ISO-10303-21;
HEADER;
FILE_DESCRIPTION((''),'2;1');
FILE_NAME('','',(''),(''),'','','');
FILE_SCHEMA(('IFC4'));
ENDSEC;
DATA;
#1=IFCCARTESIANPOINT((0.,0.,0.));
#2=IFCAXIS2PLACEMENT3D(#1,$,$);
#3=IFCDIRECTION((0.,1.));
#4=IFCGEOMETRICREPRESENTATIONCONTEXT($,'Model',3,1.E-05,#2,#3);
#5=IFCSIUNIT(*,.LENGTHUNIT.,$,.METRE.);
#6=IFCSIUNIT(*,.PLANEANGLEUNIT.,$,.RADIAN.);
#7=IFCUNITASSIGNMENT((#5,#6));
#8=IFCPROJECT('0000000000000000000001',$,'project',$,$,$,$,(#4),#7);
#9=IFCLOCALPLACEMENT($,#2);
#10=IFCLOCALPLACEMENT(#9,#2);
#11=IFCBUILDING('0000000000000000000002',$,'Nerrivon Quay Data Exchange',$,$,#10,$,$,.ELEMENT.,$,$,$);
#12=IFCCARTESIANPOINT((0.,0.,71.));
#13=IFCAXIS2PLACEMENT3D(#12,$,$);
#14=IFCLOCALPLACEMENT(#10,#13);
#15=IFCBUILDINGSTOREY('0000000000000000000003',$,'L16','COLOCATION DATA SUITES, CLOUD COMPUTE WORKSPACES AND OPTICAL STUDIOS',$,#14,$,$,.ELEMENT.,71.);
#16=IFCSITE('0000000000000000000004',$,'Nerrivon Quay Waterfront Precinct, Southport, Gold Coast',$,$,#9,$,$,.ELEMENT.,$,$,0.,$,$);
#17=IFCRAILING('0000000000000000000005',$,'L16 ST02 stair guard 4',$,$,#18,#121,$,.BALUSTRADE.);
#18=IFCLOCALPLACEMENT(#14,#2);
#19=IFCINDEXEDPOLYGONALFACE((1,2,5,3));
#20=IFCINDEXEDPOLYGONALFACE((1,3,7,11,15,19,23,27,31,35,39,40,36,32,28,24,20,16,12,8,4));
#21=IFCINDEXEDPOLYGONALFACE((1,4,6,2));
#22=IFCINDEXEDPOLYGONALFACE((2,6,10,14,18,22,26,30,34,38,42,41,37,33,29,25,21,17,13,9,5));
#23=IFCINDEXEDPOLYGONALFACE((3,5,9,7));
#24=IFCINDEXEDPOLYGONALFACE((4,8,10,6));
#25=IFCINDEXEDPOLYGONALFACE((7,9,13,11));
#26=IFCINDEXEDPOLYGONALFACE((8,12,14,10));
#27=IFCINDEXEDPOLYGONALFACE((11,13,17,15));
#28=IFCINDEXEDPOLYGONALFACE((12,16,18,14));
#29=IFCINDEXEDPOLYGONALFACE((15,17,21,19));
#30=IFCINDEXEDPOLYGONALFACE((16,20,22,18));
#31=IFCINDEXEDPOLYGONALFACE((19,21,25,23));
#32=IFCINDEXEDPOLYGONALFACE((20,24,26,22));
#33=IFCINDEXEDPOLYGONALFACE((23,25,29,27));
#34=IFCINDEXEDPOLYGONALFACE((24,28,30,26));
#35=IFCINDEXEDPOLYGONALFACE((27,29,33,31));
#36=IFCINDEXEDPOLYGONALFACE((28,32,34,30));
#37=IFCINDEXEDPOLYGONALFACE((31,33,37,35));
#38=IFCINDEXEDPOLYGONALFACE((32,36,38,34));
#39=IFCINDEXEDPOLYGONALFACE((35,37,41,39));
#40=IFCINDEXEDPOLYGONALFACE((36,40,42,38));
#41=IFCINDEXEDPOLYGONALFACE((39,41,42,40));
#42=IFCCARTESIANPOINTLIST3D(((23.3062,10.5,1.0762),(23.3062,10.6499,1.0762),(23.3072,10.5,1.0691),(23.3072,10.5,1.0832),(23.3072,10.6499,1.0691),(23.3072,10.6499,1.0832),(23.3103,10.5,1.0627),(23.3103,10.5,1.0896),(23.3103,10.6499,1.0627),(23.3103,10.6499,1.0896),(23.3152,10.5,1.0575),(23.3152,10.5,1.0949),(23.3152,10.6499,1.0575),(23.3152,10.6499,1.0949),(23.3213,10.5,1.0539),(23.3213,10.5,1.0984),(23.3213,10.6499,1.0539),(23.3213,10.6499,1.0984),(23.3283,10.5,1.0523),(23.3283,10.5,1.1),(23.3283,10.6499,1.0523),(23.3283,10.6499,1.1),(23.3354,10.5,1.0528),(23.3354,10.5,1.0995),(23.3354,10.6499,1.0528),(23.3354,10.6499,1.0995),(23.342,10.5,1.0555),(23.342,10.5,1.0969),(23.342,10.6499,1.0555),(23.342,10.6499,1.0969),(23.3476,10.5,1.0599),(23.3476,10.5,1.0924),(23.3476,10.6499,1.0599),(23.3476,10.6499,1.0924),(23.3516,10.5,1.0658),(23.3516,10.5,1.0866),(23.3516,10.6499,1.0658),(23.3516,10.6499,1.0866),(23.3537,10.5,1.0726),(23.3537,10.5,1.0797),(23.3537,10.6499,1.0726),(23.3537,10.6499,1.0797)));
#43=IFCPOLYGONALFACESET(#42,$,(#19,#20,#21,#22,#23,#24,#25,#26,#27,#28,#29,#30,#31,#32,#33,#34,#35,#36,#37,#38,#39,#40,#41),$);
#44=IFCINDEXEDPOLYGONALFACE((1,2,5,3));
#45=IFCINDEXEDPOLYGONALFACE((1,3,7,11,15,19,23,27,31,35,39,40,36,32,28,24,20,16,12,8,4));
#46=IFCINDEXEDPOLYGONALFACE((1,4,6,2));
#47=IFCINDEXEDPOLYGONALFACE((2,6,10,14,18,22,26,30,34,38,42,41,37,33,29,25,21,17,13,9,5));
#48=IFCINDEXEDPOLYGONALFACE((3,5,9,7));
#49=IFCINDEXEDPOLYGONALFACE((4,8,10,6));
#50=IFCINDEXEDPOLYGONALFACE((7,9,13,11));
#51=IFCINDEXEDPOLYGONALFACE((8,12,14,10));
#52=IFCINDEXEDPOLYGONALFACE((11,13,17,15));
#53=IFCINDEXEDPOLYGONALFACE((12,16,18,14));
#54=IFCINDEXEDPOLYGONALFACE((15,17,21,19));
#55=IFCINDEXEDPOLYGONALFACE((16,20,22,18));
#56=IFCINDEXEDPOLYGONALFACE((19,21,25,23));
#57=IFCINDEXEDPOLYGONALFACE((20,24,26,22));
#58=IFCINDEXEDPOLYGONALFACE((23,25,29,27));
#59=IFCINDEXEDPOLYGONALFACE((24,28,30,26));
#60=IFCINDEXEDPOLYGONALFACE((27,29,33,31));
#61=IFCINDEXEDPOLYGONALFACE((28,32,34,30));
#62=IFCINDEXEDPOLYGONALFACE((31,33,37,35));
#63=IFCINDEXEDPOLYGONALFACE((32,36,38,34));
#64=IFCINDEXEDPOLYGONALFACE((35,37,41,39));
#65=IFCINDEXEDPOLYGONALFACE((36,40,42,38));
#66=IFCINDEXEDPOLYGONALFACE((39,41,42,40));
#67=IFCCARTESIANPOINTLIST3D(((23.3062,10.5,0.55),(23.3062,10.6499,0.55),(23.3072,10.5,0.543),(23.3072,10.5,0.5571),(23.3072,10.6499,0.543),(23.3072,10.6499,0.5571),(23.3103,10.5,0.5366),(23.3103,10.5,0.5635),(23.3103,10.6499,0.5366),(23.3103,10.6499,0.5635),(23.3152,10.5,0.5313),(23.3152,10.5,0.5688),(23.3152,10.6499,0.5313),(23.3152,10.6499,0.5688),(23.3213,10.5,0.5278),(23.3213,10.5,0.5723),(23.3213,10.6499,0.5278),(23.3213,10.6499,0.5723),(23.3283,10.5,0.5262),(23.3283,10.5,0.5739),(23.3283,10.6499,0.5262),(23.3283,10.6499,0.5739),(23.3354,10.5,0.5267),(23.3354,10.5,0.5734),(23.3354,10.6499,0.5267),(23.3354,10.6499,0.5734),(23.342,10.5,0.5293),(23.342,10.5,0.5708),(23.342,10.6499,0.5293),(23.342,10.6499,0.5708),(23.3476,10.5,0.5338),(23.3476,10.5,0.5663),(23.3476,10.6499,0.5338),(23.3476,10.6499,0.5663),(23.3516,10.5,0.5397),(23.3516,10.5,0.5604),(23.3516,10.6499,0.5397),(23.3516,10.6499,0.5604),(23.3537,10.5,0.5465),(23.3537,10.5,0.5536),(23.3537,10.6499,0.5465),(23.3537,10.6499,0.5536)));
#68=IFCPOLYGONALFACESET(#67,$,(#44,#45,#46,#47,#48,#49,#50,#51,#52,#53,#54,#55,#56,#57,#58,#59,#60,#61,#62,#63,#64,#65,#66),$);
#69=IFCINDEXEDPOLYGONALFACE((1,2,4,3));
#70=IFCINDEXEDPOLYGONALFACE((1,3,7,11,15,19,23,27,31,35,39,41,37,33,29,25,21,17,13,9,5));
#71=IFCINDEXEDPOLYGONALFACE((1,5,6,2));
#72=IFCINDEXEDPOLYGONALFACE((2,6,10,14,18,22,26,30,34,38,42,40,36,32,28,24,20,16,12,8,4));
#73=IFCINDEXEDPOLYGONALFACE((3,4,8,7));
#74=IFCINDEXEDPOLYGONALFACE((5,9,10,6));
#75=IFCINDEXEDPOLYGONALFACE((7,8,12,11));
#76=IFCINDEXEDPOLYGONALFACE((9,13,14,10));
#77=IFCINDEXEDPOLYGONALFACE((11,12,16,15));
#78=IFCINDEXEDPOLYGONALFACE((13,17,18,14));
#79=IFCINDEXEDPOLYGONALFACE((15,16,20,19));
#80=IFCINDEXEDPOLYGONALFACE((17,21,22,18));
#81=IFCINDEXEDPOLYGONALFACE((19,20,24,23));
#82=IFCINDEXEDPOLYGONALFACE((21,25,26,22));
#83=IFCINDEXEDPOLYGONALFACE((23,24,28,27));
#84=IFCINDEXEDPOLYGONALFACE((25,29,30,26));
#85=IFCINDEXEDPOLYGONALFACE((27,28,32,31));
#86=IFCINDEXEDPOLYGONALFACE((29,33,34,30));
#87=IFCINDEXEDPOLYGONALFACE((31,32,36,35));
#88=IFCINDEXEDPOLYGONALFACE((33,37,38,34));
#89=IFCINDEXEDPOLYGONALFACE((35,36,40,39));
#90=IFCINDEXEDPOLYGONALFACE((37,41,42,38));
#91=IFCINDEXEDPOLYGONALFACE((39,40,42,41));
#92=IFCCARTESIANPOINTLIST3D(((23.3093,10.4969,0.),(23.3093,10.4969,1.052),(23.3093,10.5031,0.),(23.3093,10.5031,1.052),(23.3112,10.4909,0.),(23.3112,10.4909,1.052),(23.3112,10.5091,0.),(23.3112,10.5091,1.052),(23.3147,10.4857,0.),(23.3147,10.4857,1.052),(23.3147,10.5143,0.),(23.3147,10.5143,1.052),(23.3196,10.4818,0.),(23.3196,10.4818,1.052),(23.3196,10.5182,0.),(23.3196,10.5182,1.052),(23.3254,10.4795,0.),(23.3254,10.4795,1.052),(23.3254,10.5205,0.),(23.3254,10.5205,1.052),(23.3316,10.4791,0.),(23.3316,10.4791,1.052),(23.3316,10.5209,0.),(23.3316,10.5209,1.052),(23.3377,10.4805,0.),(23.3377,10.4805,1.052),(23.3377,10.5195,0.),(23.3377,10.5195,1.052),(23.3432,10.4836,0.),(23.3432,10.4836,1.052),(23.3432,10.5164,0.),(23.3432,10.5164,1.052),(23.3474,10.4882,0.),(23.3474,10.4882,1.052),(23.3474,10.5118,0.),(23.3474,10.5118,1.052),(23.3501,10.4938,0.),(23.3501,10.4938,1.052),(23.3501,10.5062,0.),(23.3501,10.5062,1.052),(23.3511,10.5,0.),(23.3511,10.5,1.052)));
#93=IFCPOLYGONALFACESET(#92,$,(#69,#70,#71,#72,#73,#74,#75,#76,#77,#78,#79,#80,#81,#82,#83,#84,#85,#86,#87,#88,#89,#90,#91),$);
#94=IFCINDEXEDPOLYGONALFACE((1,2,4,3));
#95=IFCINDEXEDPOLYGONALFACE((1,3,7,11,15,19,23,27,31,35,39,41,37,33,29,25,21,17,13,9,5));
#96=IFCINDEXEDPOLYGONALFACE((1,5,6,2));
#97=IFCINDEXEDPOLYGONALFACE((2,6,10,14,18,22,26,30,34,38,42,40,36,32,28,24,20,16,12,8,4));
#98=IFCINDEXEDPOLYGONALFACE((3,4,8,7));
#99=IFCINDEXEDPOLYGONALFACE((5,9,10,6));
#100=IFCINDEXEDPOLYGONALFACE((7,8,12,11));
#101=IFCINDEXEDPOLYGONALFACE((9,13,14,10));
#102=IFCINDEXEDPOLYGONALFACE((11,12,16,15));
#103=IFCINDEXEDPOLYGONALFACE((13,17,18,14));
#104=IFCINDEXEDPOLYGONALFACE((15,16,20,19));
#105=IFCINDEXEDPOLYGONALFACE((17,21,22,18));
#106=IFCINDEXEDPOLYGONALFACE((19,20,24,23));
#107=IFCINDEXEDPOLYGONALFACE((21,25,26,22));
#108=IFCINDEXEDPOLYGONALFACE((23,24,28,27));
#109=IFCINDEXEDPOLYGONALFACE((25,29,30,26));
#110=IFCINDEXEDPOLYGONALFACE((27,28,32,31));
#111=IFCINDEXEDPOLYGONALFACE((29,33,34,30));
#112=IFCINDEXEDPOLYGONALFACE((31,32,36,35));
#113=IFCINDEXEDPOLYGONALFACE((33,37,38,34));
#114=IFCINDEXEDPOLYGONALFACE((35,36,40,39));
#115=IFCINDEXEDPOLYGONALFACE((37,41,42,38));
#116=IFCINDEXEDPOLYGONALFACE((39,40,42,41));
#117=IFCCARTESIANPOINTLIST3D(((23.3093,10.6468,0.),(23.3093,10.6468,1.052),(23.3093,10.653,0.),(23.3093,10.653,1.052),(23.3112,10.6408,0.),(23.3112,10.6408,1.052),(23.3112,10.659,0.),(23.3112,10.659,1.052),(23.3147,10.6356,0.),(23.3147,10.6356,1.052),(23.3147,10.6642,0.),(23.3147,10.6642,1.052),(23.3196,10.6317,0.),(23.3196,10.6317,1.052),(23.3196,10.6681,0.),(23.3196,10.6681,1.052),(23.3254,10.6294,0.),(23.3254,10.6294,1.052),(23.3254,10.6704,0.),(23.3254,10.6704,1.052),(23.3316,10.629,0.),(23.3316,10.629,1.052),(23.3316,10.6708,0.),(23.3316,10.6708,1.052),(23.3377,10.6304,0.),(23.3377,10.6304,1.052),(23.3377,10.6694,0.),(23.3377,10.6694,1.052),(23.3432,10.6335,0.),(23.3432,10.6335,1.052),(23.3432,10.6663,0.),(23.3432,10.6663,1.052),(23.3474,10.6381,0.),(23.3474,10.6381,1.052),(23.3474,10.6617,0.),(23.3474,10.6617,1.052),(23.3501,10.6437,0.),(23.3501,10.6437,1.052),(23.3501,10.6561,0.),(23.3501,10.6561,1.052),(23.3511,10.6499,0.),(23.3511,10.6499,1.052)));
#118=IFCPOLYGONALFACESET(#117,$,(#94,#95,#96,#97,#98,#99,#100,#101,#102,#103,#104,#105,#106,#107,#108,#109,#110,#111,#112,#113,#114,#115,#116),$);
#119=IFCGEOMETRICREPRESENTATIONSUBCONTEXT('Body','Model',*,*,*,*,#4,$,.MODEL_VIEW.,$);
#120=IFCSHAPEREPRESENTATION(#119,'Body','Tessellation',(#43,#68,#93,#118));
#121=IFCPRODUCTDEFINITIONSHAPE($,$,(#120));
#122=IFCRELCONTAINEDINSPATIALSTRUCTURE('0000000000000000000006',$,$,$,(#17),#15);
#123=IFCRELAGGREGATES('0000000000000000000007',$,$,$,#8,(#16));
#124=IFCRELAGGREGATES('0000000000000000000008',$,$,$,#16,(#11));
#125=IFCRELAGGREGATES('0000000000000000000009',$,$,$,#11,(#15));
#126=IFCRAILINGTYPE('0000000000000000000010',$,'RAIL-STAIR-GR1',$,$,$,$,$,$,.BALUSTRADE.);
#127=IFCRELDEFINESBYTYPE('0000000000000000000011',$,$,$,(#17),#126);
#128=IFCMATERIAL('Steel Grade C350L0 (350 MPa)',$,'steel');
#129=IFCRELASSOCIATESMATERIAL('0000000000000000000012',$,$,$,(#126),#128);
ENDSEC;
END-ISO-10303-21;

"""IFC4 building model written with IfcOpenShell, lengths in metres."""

from ifc_helpers import new_model, si_unit, direction, frame, origin, origin_2d, place, context, subcontext, project, spatial, circle, extrude, material, type_object, element, save


model = new_model("IFC4")

# Units and contexts
model_context = context("Model", 3, precision=1e-05, world=origin(), true_north=direction((0.0, 1.0)))
body_context = subcontext(model_context, "Body", "Model", "MODEL_VIEW")
ifc_project = project(units=[si_unit("LENGTHUNIT", "METRE"), si_unit("PLANEANGLEUNIT", "RADIAN")], contexts=[model_context])

# Site, building, storey
site_placement = place(None, origin())
site = spatial("IfcSite", under=ifc_project, at=site_placement, Name="Nerrivon Quay Waterfront Precinct, Southport, Gold Coast", CompositionType="ELEMENT", RefElevation=0.0)
building_placement = place(site_placement, origin())
building = spatial("IfcBuilding", under=site, at=building_placement, Name="Nerrivon Quay Data Exchange", CompositionType="ELEMENT")
storey_placement = place(building_placement, frame((0.0, 0.0, 71.0)))
storey = spatial("IfcBuildingStorey", under=building, at=storey_placement, Name="L16", Description="COLOCATION DATA SUITES, CLOUD COMPUTE WORKSPACES AND OPTICAL STUDIOS", CompositionType="ELEMENT", Elevation=71.0)

# Railing
ifc_material_1 = material(Name="Steel Grade C350L0 (350 MPa)", Category="steel")
railing_type_1 = type_object("IfcRailingType", Name="RAIL-STAIR-GR1", PredefinedType="BALUSTRADE", material=ifc_material_1)
railing_1_placement = place(storey_placement, frame((23.3301, 10.5, 0.0)))
element("IfcRailing", 1, at=railing_1_placement, inside=storey, type_object=railing_type_1, Name="L16 ST02 stair guard 4", PredefinedType="BALUSTRADE", context=body_context, shape_type="SweptSolid", body=[
    extrude(circle(Radius=0.0239, at=origin_2d()), frame((0.0, 0.0, 1.0762), z_axis=(0.0, 1.0, 0.0), x_axis=(-1.0, 0.0, 0.0)), (0.0, 0.0, 1.0), 0.1499),
    extrude(circle(Radius=0.0239, at=origin_2d()), frame((0.0, 0.0, 0.55), z_axis=(0.0, 1.0, 0.0), x_axis=(-1.0, 0.0, 0.0)), (0.0, 0.0, 1.0), 0.1499),
    extrude(circle(Radius=0.021, at=origin_2d()), origin(), (0.0, 0.0, 1.0), 1.052),
    extrude(circle(Radius=0.021, at=origin_2d()), frame((0.0, 0.1499, 0.0)), (0.0, 0.0, 1.0), 1.052),
])

save(model, "model.ifc")
